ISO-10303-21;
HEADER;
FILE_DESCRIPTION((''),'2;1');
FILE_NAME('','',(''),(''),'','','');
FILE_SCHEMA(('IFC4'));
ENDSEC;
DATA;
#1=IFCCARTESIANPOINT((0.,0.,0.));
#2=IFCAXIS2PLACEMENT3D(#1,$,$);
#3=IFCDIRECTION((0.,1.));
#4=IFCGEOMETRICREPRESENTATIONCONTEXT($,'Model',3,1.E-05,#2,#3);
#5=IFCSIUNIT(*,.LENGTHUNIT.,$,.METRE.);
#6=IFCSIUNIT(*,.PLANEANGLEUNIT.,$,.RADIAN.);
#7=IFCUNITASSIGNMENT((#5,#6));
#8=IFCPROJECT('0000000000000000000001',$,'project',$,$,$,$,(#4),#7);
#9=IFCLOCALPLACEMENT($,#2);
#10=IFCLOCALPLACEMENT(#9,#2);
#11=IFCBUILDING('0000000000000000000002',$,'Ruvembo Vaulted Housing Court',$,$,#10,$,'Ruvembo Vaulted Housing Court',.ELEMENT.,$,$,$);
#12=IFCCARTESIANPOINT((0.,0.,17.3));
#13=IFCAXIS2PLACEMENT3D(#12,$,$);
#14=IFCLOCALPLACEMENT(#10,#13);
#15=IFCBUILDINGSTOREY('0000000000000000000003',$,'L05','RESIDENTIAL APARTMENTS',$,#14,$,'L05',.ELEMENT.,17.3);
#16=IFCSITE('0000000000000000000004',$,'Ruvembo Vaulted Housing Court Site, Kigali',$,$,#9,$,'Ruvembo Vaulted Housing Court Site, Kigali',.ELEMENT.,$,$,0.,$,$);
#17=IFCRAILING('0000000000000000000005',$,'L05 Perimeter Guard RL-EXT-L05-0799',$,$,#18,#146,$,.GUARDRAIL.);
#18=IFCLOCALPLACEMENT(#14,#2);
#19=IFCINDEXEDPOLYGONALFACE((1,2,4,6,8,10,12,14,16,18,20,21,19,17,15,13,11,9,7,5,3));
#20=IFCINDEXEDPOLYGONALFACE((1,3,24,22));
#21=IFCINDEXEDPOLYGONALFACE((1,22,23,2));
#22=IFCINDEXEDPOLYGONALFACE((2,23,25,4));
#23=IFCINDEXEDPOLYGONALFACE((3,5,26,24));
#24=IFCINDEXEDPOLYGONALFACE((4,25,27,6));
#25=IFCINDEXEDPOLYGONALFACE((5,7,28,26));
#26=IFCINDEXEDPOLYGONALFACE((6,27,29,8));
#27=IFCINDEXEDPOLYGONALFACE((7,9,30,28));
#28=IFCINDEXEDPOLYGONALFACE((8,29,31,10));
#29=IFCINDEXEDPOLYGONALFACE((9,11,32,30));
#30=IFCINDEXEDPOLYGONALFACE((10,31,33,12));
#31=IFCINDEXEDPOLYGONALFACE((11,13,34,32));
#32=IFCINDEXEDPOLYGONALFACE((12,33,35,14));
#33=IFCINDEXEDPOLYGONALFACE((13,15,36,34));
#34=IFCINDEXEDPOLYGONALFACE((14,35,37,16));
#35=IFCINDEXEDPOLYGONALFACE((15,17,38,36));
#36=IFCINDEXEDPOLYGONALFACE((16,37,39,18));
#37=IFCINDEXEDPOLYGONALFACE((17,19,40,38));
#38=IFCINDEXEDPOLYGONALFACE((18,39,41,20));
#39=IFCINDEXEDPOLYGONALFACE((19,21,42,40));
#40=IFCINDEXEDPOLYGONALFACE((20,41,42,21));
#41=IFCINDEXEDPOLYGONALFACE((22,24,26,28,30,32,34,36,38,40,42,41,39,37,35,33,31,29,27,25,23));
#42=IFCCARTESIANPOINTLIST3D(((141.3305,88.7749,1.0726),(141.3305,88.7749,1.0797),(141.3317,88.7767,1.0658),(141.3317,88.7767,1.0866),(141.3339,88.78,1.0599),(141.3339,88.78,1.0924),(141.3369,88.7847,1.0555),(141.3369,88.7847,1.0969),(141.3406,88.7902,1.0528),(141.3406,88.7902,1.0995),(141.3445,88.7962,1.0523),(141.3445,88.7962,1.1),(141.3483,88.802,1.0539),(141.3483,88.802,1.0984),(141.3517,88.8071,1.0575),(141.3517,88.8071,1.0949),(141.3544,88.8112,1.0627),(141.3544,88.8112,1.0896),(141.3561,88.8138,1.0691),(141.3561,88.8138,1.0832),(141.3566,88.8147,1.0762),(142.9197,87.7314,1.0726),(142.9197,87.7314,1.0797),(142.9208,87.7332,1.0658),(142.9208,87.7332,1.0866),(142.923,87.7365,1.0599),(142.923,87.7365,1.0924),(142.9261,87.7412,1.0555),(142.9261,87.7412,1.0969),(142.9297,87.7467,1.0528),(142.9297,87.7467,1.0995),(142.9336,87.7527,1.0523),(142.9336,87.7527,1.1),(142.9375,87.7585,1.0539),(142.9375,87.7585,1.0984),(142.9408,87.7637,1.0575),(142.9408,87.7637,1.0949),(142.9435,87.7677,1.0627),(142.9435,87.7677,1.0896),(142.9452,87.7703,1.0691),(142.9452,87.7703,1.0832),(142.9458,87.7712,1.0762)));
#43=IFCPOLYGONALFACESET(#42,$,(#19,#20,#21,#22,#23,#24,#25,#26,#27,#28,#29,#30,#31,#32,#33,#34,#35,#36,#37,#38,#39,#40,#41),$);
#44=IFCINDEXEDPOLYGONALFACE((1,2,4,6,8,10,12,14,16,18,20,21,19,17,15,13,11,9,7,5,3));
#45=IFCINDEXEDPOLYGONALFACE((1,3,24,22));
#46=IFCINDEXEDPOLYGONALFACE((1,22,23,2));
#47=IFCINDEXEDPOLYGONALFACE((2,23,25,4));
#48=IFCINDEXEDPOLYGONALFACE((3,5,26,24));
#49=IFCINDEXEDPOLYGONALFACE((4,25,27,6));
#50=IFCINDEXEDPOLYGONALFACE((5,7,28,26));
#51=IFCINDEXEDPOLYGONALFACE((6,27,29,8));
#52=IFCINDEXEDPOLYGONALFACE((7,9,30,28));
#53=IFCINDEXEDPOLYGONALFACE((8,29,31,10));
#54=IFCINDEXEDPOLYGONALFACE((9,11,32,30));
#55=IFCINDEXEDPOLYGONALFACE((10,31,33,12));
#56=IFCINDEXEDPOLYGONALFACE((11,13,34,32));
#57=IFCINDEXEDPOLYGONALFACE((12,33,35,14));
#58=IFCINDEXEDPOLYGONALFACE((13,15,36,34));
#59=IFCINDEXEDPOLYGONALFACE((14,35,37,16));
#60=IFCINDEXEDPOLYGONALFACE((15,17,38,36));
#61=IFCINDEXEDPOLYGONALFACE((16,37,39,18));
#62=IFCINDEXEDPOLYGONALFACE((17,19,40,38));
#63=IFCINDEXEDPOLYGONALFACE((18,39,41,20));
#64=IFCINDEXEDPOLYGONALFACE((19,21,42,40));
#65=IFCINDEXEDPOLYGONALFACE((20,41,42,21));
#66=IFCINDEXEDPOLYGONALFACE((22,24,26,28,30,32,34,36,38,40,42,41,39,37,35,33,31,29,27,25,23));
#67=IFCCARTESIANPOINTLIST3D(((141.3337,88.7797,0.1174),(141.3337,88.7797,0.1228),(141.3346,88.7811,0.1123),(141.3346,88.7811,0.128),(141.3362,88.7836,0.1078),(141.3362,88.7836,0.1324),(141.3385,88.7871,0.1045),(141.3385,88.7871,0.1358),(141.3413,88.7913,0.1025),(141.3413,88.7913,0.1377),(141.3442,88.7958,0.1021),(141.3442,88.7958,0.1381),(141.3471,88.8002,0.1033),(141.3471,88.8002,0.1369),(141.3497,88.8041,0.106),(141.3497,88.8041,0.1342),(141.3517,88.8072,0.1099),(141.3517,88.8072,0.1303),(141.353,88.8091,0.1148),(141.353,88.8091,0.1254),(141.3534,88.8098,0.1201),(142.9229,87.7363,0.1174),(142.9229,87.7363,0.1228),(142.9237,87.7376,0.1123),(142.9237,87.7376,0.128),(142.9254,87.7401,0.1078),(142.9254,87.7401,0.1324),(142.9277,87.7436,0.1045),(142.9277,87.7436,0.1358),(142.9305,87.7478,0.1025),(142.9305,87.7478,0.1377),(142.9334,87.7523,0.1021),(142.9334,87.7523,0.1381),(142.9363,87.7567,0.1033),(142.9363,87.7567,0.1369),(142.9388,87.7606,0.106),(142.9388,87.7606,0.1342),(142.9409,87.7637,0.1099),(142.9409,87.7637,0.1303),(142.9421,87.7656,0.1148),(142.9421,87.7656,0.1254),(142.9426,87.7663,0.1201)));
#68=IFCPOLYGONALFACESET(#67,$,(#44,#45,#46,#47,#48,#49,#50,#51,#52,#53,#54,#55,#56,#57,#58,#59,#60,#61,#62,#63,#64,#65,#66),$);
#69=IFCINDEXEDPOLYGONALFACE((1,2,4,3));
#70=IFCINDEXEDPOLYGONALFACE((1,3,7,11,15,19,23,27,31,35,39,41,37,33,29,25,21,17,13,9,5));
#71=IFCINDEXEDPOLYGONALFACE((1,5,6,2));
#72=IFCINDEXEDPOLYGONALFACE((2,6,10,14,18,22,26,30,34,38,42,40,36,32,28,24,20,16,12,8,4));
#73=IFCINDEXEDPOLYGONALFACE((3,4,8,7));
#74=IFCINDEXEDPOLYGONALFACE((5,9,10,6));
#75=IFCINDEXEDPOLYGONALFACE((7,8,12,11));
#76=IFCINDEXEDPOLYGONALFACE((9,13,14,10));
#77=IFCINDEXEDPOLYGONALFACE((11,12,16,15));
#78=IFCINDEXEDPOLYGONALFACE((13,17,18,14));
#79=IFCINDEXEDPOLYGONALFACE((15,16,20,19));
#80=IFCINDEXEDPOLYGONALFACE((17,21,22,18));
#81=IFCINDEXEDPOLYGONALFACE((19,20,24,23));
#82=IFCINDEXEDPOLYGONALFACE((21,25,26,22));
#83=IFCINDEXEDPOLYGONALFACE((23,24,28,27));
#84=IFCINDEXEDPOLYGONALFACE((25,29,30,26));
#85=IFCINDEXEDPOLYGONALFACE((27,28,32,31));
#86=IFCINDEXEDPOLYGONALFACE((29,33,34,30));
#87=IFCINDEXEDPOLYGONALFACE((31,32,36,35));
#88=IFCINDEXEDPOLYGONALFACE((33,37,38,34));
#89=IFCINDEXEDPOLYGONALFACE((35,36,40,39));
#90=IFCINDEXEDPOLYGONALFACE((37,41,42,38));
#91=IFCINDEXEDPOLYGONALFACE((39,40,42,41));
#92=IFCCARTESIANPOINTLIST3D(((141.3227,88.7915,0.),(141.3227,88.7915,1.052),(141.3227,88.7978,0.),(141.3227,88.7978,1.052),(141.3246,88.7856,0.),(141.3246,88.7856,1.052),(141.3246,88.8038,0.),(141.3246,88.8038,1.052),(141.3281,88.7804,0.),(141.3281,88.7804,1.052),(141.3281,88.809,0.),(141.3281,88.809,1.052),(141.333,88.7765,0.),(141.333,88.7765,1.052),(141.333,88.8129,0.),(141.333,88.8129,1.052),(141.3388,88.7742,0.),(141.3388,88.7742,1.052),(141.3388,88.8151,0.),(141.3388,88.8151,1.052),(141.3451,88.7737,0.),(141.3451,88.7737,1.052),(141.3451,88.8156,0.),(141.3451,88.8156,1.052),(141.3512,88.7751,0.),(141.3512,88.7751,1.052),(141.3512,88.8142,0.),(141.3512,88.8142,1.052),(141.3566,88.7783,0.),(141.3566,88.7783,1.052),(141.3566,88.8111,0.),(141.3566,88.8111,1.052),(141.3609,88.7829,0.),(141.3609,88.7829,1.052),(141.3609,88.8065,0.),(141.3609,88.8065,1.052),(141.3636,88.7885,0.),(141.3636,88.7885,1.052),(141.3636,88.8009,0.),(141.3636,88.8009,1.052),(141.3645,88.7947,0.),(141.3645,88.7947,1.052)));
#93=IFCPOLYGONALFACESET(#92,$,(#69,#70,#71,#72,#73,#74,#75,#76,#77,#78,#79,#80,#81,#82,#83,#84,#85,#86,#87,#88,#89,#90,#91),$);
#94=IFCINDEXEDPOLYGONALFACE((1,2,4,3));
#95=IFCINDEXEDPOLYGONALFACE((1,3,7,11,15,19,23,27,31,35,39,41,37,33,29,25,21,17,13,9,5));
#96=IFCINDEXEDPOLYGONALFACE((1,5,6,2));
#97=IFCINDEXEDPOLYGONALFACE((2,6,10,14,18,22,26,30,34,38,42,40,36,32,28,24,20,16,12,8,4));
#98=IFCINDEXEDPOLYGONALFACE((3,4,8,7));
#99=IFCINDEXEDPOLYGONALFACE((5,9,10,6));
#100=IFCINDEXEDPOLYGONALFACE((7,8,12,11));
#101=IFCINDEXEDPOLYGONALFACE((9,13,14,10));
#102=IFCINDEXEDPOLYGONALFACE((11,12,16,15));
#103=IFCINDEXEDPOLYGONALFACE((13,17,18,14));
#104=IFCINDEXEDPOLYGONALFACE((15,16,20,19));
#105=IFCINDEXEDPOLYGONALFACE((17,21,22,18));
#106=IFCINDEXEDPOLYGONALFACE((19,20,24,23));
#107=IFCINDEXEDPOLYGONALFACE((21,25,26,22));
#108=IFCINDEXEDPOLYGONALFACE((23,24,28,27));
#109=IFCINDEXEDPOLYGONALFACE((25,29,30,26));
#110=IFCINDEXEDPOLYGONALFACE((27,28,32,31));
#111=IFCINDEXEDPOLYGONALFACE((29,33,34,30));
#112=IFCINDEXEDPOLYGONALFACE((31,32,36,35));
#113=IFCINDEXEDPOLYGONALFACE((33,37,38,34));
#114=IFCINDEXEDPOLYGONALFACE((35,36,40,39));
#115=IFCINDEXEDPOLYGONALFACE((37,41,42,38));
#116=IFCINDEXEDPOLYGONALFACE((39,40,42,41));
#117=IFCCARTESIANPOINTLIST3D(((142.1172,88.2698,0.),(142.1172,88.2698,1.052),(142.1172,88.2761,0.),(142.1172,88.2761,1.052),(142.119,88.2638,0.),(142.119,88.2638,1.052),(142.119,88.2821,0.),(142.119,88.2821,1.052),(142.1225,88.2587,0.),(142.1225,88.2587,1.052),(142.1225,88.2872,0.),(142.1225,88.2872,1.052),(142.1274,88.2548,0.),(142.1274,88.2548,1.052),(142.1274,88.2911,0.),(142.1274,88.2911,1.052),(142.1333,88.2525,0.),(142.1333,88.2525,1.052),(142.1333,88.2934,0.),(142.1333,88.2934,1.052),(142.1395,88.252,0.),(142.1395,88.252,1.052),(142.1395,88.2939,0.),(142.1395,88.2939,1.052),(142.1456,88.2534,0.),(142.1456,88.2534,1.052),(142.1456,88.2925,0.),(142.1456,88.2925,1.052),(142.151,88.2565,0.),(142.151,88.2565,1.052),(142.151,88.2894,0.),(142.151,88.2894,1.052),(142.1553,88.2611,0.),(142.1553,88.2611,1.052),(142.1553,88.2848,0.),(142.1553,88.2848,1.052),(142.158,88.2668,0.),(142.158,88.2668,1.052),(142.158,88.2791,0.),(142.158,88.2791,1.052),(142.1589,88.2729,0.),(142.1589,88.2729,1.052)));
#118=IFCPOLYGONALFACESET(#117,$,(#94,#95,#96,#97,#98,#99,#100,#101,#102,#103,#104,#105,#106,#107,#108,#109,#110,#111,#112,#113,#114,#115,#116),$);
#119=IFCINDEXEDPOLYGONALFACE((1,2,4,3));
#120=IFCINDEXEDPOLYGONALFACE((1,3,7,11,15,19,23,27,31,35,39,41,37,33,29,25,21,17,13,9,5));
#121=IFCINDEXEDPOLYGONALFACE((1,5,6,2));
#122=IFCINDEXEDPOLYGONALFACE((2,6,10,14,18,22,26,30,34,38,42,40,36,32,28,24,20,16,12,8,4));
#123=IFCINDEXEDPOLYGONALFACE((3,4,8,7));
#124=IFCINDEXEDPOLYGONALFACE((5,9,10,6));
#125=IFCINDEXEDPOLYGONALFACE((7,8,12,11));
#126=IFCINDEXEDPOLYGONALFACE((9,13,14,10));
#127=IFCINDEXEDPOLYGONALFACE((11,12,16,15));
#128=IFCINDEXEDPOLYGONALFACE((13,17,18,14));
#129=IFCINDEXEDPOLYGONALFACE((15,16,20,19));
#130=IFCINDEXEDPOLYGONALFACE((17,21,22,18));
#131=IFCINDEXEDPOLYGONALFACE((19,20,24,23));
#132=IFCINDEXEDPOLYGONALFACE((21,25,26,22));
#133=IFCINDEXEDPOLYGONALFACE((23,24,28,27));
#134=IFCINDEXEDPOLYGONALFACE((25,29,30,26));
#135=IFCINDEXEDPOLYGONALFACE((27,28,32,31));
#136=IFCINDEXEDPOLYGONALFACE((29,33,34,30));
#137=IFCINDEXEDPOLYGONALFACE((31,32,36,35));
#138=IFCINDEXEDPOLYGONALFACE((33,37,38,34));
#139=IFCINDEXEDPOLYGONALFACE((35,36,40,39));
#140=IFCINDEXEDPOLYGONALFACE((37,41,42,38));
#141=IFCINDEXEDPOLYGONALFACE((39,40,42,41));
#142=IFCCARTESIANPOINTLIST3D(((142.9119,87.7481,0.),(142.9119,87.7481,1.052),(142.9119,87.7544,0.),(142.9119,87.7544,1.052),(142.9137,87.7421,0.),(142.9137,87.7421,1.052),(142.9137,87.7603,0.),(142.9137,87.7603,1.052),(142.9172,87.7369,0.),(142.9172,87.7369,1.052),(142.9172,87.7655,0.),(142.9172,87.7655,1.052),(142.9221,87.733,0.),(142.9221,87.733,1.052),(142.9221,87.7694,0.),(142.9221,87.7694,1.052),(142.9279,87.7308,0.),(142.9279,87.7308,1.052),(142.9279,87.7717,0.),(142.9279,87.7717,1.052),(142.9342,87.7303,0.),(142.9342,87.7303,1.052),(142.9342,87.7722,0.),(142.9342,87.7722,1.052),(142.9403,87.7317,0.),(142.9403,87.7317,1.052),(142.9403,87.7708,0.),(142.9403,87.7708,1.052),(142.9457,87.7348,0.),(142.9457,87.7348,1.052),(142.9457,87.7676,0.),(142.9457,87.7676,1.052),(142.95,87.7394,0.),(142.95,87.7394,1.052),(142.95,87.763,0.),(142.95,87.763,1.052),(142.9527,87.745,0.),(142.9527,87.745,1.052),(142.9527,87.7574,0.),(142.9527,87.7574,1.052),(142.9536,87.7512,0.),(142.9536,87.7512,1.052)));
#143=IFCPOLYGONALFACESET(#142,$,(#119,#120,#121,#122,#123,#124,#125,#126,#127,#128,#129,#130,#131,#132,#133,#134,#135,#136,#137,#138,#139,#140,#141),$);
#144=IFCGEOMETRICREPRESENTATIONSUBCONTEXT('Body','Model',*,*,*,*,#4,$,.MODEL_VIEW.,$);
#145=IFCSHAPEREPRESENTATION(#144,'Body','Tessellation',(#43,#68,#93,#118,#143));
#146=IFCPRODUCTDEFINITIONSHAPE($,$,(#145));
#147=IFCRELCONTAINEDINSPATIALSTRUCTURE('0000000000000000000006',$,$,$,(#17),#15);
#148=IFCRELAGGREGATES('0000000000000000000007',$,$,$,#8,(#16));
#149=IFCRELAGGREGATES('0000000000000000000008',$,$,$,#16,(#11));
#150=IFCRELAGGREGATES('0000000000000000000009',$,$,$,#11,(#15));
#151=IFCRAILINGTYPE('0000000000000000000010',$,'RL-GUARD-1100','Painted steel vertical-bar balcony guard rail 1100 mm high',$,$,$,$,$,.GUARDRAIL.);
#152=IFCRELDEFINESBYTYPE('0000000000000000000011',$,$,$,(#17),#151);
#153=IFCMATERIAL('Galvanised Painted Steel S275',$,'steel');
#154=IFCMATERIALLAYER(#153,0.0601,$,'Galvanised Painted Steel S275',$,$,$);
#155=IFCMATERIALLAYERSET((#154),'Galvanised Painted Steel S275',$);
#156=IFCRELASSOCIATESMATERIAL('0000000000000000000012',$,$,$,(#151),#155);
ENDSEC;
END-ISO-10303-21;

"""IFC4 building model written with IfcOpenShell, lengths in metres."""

from ifc_helpers import new_model, si_unit, direction, frame, origin, origin_2d, place, context, subcontext, project, spatial, circle, extrude, material, layer, layer_set, type_object, element, save


model = new_model("IFC4")

# Units and contexts
model_context = context("Model", 3, precision=1e-05, world=origin(), true_north=direction((0.0, 1.0)))
body_context = subcontext(model_context, "Body", "Model", "MODEL_VIEW")
ifc_project = project(units=[si_unit("LENGTHUNIT", "METRE"), si_unit("PLANEANGLEUNIT", "RADIAN")], contexts=[model_context])

# Site, building, storey
site_placement = place(None, origin())
site = spatial("IfcSite", under=ifc_project, at=site_placement, Name="Ruvembo Vaulted Housing Court Site, Kigali", LongName="Ruvembo Vaulted Housing Court Site, Kigali", CompositionType="ELEMENT", RefElevation=0.0)
building_placement = place(site_placement, origin())
building = spatial("IfcBuilding", under=site, at=building_placement, Name="Ruvembo Vaulted Housing Court", LongName="Ruvembo Vaulted Housing Court", CompositionType="ELEMENT")
storey_placement = place(building_placement, frame((0.0, 0.0, 17.3)))
storey = spatial("IfcBuildingStorey", under=building, at=storey_placement, Name="L05", Description="RESIDENTIAL APARTMENTS", LongName="L05", CompositionType="ELEMENT", Elevation=17.3)

# Railing
ifc_material_1 = material(Name="Galvanised Painted Steel S275", Category="steel")
ifc_layer_1 = layer(ifc_material_1, 0.0601, Name="Galvanised Painted Steel S275")
ifc_layer_set_1 = layer_set([ifc_layer_1], Name="Galvanised Painted Steel S275")
railing_type = type_object("IfcRailingType", Name="RL-GUARD-1100", Description="Painted steel vertical-bar balcony guard rail 1100 mm high", PredefinedType="GUARDRAIL", material=ifc_layer_set_1)
railing_1_placement = place(storey_placement, frame((141.3435, 88.7947, 0.0)))
element("IfcRailing", 1, at=railing_1_placement, inside=storey, type_object=railing_type, Name="L05 Perimeter Guard RL-EXT-L05-0799", PredefinedType="GUARDRAIL", context=body_context, shape_type="SweptSolid", body=[
    extrude(circle(Radius=0.0239, at=origin_2d()), frame((0.0, 0.0, 1.0762), z_axis=(0.835902, -0.548878, 0.0), x_axis=(0.548878, 0.835902, 0.0)), (0.0, 0.0, 1.0), 1.9011),
    extrude(circle(Radius=0.0181, at=origin_2d()), frame((0.0, 0.0, 0.1201), z_axis=(0.835902, -0.548878, 0.0), x_axis=(0.548878, 0.835902, 0.0)), (0.0, 0.0, 1.0), 1.9011),
    extrude(circle(Radius=0.021, at=origin_2d()), origin(), (0.0, 0.0, 1.0), 1.052),
    extrude(circle(Radius=0.021, at=origin_2d()), frame((0.7944, -0.5217, 0.0)), (0.0, 0.0, 1.0), 1.052),
    extrude(circle(Radius=0.021, at=origin_2d()), frame((1.5891, -1.0435, 0.0)), (0.0, 0.0, 1.0), 1.052),
])

save(model, "model.ifc")
